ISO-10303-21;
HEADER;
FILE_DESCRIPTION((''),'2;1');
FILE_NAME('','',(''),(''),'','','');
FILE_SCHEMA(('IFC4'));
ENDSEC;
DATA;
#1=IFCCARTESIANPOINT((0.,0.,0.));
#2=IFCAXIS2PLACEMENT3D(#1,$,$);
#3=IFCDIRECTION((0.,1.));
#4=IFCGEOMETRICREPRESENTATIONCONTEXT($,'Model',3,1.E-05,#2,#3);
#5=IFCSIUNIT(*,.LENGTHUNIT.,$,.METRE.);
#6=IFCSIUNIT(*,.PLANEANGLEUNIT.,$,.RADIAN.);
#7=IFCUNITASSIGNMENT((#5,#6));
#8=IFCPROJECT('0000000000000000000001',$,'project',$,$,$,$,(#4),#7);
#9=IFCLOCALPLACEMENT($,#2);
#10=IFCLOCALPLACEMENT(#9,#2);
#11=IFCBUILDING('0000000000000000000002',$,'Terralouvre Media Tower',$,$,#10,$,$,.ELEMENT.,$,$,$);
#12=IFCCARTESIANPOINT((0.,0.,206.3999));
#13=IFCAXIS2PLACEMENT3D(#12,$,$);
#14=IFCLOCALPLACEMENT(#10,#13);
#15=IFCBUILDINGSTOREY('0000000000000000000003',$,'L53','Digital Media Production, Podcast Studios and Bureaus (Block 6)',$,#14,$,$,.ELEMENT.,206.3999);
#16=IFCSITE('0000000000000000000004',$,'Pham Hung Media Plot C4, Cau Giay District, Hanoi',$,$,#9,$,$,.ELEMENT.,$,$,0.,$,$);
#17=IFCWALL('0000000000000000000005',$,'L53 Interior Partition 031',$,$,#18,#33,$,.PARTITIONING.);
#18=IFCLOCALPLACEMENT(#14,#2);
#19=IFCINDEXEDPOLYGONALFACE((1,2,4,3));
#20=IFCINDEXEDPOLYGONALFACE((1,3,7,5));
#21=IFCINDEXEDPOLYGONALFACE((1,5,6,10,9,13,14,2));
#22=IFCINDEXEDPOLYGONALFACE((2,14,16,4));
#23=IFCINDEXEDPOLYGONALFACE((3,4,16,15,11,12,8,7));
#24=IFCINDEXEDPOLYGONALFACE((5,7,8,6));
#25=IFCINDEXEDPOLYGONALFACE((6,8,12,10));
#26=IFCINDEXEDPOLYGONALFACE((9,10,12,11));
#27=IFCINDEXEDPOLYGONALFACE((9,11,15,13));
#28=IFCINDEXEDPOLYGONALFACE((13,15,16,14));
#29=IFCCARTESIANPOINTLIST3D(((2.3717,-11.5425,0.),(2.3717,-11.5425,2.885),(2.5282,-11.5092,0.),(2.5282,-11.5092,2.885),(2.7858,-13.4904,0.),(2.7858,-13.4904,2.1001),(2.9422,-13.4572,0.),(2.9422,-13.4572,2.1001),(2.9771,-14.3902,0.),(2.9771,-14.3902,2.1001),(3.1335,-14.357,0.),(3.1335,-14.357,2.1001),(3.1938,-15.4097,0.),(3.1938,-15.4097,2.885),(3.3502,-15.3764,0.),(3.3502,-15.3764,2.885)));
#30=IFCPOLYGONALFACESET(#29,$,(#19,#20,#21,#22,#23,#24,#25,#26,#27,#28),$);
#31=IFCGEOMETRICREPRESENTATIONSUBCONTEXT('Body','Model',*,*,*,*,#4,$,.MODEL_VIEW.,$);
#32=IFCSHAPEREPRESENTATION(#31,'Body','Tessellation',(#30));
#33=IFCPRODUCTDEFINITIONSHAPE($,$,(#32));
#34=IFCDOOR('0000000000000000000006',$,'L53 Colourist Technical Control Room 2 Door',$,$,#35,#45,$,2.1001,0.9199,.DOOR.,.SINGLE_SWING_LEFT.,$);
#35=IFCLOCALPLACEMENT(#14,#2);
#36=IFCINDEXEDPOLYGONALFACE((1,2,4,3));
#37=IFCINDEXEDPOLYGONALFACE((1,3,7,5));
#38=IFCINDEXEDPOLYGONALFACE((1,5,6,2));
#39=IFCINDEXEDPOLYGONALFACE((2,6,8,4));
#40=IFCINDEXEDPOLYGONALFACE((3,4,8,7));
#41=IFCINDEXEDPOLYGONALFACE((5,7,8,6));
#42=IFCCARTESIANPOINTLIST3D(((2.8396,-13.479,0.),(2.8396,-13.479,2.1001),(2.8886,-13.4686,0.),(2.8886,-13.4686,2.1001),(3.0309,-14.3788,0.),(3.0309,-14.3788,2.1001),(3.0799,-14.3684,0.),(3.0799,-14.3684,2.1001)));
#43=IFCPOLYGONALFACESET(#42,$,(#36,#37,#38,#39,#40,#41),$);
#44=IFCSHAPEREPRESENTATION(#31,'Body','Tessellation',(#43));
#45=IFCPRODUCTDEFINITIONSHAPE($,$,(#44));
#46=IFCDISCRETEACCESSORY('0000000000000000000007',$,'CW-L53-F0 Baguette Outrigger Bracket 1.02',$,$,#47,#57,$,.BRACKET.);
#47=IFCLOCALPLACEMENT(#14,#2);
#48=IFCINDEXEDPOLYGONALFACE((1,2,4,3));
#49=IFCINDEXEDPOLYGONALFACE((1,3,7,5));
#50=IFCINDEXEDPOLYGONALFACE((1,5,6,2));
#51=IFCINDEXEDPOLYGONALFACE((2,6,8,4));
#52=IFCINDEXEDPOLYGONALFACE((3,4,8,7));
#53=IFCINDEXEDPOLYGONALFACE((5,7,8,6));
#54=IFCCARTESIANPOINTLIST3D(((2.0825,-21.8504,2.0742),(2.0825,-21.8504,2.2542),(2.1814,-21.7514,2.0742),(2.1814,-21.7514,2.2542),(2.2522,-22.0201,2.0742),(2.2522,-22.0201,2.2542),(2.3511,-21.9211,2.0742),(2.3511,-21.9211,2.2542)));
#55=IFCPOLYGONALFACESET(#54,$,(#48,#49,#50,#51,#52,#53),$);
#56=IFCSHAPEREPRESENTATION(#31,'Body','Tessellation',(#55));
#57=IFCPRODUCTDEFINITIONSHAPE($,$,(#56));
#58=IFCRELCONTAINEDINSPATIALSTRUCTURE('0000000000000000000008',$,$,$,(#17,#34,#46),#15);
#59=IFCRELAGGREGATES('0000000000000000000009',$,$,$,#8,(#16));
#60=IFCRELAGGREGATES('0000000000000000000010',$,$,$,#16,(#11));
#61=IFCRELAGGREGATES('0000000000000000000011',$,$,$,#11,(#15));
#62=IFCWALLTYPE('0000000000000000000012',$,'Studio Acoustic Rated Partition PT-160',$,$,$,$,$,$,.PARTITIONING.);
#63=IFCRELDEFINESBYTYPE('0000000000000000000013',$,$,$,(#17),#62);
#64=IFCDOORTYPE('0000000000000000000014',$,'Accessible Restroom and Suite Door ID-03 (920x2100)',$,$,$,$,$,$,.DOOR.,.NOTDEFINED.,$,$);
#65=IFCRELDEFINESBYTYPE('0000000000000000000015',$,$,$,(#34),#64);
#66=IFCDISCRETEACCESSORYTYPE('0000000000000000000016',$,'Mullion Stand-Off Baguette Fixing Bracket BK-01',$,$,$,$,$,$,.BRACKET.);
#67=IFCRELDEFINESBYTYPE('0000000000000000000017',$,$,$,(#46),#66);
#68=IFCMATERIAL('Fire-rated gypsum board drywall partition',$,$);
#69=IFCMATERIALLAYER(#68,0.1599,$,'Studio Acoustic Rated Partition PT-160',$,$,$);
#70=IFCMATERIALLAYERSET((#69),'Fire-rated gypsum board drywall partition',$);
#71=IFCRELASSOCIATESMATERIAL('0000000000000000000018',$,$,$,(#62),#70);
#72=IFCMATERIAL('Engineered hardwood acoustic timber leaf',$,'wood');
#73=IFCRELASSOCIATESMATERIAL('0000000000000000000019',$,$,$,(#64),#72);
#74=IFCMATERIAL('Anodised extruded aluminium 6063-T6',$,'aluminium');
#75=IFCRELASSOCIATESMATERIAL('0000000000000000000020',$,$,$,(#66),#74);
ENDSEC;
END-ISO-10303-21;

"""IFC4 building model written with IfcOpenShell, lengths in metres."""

from ifc_helpers import new_model, si_unit, direction, frame, frame_2d, origin, origin_2d, place, context, subcontext, project, spatial, rectangle, extrude, material, layer, layer_set, type_object, element, fill, save


model = new_model("IFC4")

# Units and contexts
model_context = context("Model", 3, precision=1e-05, world=origin(), true_north=direction((0.0, 1.0)))
body_context = subcontext(model_context, "Body", "Model", "MODEL_VIEW")
ifc_project = project(units=[si_unit("LENGTHUNIT", "METRE"), si_unit("PLANEANGLEUNIT", "RADIAN")], contexts=[model_context])

# Site, building, storey
site_placement = place(None, origin())
site = spatial("IfcSite", under=ifc_project, at=site_placement, Name="Pham Hung Media Plot C4, Cau Giay District, Hanoi", CompositionType="ELEMENT", RefElevation=0.0)
building_placement = place(site_placement, origin())
building = spatial("IfcBuilding", under=site, at=building_placement, Name="Terralouvre Media Tower", CompositionType="ELEMENT")
storey_placement = place(building_placement, frame((0.0, 0.0, 206.3999)))
storey = spatial("IfcBuildingStorey", under=building, at=storey_placement, Name="L53", Description="Digital Media Production, Podcast Studios and Bureaus (Block 6)", CompositionType="ELEMENT", Elevation=206.3999)

# Shared definitions
ifc_material_1 = material(Name="Fire-rated gypsum board drywall partition")
ifc_layer_1 = layer(ifc_material_1, 0.1599, Name="Studio Acoustic Rated Partition PT-160")
ifc_layer_set_1 = layer_set([ifc_layer_1], Name="Fire-rated gypsum board drywall partition")
wall_type_1 = type_object("IfcWallType", Name="Studio Acoustic Rated Partition PT-160", PredefinedType="PARTITIONING", material=ifc_layer_set_1)

# Wall, opening, door
wall_1_placement = place(storey_placement, frame((3.272, -15.3931, 0.0), z_axis=(0.0, 0.0, 1.0), x_axis=(-0.207918, 0.978146, 0.0)))
wall_1 = element("IfcWall", 1, at=wall_1_placement, inside=storey, type_object=wall_type_1, Name="L53 Interior Partition 031", PredefinedType="PARTITIONING", context=body_context, shape_type="SweptSolid", body=[
    extrude(rectangle(XDim=3.9536, YDim=0.1599, at=frame_2d((1.9768, 0.0))), origin(), (0.0, 0.0, 1.0), 2.885),
])
opening_1_placement = place(wall_1_placement, frame((1.0422, 0.0, 0.0)))
opening_1 = element("IfcOpeningElement", 2, at=opening_1_placement, cuts=wall_1, PredefinedType="OPENING", context=body_context, shape_type="SweptSolid", body=[
    extrude(rectangle(XDim=0.9199, YDim=2.1001, at=frame_2d((0.46, 1.05))), frame((0.0, 0.0898, 0.0), z_axis=(0.0, -1.0, 0.0), x_axis=(1.0, 0.0, 0.0)), (0.0, 0.0, 1.0), 0.1799),
])
ifc_material_2 = material(Name="Engineered hardwood acoustic timber leaf", Category="wood")
door_type_1 = type_object("IfcDoorType", Name="Accessible Restroom and Suite Door ID-03 (920x2100)", OperationType="NOTDEFINED", PredefinedType="DOOR", material=ifc_material_2)
door_1_placement = place(opening_1_placement, origin())
door_1 = element("IfcDoor", 3, at=door_1_placement, inside=storey, type_object=door_type_1, Name="L53 Colourist Technical Control Room 2 Door", OperationType="SINGLE_SWING_LEFT", OverallHeight=2.1001, OverallWidth=0.9199, PredefinedType="DOOR", context=body_context, shape_type="SweptSolid", body=[
    extrude(rectangle(XDim=0.9199, YDim=2.1001, at=frame_2d((0.46, 1.05))), frame((0.0, 0.0249, 0.0), z_axis=(0.0, -1.0, 0.0), x_axis=(1.0, 0.0, 0.0)), (0.0, 0.0, 1.0), 0.05),
])
fill(opening_1, door_1)

# Discrete accessory
ifc_material_3 = material(Name="Anodised extruded aluminium 6063-T6", Category="aluminium")
discrete_accessory_type = type_object("IfcDiscreteAccessoryType", Name="Mullion Stand-Off Baguette Fixing Bracket BK-01", PredefinedType="BRACKET", material=ifc_material_3)
discrete_accessory_placement = place(storey_placement, frame((2.2168, -21.8857, 2.0742), z_axis=(0.0, 0.0, 1.0), x_axis=(0.707107, 0.707107, 0.0)))
element("IfcDiscreteAccessory", 4, at=discrete_accessory_placement, inside=storey, type_object=discrete_accessory_type, Name="CW-L53-F0 Baguette Outrigger Bracket 1.02", PredefinedType="BRACKET", context=body_context, shape_type="SweptSolid", body=[
    extrude(rectangle(XDim=0.1399, YDim=0.24, at=origin_2d()), origin(), (0.0, 0.0, 1.0), 0.1799),
])

save(model, "model.ifc")
